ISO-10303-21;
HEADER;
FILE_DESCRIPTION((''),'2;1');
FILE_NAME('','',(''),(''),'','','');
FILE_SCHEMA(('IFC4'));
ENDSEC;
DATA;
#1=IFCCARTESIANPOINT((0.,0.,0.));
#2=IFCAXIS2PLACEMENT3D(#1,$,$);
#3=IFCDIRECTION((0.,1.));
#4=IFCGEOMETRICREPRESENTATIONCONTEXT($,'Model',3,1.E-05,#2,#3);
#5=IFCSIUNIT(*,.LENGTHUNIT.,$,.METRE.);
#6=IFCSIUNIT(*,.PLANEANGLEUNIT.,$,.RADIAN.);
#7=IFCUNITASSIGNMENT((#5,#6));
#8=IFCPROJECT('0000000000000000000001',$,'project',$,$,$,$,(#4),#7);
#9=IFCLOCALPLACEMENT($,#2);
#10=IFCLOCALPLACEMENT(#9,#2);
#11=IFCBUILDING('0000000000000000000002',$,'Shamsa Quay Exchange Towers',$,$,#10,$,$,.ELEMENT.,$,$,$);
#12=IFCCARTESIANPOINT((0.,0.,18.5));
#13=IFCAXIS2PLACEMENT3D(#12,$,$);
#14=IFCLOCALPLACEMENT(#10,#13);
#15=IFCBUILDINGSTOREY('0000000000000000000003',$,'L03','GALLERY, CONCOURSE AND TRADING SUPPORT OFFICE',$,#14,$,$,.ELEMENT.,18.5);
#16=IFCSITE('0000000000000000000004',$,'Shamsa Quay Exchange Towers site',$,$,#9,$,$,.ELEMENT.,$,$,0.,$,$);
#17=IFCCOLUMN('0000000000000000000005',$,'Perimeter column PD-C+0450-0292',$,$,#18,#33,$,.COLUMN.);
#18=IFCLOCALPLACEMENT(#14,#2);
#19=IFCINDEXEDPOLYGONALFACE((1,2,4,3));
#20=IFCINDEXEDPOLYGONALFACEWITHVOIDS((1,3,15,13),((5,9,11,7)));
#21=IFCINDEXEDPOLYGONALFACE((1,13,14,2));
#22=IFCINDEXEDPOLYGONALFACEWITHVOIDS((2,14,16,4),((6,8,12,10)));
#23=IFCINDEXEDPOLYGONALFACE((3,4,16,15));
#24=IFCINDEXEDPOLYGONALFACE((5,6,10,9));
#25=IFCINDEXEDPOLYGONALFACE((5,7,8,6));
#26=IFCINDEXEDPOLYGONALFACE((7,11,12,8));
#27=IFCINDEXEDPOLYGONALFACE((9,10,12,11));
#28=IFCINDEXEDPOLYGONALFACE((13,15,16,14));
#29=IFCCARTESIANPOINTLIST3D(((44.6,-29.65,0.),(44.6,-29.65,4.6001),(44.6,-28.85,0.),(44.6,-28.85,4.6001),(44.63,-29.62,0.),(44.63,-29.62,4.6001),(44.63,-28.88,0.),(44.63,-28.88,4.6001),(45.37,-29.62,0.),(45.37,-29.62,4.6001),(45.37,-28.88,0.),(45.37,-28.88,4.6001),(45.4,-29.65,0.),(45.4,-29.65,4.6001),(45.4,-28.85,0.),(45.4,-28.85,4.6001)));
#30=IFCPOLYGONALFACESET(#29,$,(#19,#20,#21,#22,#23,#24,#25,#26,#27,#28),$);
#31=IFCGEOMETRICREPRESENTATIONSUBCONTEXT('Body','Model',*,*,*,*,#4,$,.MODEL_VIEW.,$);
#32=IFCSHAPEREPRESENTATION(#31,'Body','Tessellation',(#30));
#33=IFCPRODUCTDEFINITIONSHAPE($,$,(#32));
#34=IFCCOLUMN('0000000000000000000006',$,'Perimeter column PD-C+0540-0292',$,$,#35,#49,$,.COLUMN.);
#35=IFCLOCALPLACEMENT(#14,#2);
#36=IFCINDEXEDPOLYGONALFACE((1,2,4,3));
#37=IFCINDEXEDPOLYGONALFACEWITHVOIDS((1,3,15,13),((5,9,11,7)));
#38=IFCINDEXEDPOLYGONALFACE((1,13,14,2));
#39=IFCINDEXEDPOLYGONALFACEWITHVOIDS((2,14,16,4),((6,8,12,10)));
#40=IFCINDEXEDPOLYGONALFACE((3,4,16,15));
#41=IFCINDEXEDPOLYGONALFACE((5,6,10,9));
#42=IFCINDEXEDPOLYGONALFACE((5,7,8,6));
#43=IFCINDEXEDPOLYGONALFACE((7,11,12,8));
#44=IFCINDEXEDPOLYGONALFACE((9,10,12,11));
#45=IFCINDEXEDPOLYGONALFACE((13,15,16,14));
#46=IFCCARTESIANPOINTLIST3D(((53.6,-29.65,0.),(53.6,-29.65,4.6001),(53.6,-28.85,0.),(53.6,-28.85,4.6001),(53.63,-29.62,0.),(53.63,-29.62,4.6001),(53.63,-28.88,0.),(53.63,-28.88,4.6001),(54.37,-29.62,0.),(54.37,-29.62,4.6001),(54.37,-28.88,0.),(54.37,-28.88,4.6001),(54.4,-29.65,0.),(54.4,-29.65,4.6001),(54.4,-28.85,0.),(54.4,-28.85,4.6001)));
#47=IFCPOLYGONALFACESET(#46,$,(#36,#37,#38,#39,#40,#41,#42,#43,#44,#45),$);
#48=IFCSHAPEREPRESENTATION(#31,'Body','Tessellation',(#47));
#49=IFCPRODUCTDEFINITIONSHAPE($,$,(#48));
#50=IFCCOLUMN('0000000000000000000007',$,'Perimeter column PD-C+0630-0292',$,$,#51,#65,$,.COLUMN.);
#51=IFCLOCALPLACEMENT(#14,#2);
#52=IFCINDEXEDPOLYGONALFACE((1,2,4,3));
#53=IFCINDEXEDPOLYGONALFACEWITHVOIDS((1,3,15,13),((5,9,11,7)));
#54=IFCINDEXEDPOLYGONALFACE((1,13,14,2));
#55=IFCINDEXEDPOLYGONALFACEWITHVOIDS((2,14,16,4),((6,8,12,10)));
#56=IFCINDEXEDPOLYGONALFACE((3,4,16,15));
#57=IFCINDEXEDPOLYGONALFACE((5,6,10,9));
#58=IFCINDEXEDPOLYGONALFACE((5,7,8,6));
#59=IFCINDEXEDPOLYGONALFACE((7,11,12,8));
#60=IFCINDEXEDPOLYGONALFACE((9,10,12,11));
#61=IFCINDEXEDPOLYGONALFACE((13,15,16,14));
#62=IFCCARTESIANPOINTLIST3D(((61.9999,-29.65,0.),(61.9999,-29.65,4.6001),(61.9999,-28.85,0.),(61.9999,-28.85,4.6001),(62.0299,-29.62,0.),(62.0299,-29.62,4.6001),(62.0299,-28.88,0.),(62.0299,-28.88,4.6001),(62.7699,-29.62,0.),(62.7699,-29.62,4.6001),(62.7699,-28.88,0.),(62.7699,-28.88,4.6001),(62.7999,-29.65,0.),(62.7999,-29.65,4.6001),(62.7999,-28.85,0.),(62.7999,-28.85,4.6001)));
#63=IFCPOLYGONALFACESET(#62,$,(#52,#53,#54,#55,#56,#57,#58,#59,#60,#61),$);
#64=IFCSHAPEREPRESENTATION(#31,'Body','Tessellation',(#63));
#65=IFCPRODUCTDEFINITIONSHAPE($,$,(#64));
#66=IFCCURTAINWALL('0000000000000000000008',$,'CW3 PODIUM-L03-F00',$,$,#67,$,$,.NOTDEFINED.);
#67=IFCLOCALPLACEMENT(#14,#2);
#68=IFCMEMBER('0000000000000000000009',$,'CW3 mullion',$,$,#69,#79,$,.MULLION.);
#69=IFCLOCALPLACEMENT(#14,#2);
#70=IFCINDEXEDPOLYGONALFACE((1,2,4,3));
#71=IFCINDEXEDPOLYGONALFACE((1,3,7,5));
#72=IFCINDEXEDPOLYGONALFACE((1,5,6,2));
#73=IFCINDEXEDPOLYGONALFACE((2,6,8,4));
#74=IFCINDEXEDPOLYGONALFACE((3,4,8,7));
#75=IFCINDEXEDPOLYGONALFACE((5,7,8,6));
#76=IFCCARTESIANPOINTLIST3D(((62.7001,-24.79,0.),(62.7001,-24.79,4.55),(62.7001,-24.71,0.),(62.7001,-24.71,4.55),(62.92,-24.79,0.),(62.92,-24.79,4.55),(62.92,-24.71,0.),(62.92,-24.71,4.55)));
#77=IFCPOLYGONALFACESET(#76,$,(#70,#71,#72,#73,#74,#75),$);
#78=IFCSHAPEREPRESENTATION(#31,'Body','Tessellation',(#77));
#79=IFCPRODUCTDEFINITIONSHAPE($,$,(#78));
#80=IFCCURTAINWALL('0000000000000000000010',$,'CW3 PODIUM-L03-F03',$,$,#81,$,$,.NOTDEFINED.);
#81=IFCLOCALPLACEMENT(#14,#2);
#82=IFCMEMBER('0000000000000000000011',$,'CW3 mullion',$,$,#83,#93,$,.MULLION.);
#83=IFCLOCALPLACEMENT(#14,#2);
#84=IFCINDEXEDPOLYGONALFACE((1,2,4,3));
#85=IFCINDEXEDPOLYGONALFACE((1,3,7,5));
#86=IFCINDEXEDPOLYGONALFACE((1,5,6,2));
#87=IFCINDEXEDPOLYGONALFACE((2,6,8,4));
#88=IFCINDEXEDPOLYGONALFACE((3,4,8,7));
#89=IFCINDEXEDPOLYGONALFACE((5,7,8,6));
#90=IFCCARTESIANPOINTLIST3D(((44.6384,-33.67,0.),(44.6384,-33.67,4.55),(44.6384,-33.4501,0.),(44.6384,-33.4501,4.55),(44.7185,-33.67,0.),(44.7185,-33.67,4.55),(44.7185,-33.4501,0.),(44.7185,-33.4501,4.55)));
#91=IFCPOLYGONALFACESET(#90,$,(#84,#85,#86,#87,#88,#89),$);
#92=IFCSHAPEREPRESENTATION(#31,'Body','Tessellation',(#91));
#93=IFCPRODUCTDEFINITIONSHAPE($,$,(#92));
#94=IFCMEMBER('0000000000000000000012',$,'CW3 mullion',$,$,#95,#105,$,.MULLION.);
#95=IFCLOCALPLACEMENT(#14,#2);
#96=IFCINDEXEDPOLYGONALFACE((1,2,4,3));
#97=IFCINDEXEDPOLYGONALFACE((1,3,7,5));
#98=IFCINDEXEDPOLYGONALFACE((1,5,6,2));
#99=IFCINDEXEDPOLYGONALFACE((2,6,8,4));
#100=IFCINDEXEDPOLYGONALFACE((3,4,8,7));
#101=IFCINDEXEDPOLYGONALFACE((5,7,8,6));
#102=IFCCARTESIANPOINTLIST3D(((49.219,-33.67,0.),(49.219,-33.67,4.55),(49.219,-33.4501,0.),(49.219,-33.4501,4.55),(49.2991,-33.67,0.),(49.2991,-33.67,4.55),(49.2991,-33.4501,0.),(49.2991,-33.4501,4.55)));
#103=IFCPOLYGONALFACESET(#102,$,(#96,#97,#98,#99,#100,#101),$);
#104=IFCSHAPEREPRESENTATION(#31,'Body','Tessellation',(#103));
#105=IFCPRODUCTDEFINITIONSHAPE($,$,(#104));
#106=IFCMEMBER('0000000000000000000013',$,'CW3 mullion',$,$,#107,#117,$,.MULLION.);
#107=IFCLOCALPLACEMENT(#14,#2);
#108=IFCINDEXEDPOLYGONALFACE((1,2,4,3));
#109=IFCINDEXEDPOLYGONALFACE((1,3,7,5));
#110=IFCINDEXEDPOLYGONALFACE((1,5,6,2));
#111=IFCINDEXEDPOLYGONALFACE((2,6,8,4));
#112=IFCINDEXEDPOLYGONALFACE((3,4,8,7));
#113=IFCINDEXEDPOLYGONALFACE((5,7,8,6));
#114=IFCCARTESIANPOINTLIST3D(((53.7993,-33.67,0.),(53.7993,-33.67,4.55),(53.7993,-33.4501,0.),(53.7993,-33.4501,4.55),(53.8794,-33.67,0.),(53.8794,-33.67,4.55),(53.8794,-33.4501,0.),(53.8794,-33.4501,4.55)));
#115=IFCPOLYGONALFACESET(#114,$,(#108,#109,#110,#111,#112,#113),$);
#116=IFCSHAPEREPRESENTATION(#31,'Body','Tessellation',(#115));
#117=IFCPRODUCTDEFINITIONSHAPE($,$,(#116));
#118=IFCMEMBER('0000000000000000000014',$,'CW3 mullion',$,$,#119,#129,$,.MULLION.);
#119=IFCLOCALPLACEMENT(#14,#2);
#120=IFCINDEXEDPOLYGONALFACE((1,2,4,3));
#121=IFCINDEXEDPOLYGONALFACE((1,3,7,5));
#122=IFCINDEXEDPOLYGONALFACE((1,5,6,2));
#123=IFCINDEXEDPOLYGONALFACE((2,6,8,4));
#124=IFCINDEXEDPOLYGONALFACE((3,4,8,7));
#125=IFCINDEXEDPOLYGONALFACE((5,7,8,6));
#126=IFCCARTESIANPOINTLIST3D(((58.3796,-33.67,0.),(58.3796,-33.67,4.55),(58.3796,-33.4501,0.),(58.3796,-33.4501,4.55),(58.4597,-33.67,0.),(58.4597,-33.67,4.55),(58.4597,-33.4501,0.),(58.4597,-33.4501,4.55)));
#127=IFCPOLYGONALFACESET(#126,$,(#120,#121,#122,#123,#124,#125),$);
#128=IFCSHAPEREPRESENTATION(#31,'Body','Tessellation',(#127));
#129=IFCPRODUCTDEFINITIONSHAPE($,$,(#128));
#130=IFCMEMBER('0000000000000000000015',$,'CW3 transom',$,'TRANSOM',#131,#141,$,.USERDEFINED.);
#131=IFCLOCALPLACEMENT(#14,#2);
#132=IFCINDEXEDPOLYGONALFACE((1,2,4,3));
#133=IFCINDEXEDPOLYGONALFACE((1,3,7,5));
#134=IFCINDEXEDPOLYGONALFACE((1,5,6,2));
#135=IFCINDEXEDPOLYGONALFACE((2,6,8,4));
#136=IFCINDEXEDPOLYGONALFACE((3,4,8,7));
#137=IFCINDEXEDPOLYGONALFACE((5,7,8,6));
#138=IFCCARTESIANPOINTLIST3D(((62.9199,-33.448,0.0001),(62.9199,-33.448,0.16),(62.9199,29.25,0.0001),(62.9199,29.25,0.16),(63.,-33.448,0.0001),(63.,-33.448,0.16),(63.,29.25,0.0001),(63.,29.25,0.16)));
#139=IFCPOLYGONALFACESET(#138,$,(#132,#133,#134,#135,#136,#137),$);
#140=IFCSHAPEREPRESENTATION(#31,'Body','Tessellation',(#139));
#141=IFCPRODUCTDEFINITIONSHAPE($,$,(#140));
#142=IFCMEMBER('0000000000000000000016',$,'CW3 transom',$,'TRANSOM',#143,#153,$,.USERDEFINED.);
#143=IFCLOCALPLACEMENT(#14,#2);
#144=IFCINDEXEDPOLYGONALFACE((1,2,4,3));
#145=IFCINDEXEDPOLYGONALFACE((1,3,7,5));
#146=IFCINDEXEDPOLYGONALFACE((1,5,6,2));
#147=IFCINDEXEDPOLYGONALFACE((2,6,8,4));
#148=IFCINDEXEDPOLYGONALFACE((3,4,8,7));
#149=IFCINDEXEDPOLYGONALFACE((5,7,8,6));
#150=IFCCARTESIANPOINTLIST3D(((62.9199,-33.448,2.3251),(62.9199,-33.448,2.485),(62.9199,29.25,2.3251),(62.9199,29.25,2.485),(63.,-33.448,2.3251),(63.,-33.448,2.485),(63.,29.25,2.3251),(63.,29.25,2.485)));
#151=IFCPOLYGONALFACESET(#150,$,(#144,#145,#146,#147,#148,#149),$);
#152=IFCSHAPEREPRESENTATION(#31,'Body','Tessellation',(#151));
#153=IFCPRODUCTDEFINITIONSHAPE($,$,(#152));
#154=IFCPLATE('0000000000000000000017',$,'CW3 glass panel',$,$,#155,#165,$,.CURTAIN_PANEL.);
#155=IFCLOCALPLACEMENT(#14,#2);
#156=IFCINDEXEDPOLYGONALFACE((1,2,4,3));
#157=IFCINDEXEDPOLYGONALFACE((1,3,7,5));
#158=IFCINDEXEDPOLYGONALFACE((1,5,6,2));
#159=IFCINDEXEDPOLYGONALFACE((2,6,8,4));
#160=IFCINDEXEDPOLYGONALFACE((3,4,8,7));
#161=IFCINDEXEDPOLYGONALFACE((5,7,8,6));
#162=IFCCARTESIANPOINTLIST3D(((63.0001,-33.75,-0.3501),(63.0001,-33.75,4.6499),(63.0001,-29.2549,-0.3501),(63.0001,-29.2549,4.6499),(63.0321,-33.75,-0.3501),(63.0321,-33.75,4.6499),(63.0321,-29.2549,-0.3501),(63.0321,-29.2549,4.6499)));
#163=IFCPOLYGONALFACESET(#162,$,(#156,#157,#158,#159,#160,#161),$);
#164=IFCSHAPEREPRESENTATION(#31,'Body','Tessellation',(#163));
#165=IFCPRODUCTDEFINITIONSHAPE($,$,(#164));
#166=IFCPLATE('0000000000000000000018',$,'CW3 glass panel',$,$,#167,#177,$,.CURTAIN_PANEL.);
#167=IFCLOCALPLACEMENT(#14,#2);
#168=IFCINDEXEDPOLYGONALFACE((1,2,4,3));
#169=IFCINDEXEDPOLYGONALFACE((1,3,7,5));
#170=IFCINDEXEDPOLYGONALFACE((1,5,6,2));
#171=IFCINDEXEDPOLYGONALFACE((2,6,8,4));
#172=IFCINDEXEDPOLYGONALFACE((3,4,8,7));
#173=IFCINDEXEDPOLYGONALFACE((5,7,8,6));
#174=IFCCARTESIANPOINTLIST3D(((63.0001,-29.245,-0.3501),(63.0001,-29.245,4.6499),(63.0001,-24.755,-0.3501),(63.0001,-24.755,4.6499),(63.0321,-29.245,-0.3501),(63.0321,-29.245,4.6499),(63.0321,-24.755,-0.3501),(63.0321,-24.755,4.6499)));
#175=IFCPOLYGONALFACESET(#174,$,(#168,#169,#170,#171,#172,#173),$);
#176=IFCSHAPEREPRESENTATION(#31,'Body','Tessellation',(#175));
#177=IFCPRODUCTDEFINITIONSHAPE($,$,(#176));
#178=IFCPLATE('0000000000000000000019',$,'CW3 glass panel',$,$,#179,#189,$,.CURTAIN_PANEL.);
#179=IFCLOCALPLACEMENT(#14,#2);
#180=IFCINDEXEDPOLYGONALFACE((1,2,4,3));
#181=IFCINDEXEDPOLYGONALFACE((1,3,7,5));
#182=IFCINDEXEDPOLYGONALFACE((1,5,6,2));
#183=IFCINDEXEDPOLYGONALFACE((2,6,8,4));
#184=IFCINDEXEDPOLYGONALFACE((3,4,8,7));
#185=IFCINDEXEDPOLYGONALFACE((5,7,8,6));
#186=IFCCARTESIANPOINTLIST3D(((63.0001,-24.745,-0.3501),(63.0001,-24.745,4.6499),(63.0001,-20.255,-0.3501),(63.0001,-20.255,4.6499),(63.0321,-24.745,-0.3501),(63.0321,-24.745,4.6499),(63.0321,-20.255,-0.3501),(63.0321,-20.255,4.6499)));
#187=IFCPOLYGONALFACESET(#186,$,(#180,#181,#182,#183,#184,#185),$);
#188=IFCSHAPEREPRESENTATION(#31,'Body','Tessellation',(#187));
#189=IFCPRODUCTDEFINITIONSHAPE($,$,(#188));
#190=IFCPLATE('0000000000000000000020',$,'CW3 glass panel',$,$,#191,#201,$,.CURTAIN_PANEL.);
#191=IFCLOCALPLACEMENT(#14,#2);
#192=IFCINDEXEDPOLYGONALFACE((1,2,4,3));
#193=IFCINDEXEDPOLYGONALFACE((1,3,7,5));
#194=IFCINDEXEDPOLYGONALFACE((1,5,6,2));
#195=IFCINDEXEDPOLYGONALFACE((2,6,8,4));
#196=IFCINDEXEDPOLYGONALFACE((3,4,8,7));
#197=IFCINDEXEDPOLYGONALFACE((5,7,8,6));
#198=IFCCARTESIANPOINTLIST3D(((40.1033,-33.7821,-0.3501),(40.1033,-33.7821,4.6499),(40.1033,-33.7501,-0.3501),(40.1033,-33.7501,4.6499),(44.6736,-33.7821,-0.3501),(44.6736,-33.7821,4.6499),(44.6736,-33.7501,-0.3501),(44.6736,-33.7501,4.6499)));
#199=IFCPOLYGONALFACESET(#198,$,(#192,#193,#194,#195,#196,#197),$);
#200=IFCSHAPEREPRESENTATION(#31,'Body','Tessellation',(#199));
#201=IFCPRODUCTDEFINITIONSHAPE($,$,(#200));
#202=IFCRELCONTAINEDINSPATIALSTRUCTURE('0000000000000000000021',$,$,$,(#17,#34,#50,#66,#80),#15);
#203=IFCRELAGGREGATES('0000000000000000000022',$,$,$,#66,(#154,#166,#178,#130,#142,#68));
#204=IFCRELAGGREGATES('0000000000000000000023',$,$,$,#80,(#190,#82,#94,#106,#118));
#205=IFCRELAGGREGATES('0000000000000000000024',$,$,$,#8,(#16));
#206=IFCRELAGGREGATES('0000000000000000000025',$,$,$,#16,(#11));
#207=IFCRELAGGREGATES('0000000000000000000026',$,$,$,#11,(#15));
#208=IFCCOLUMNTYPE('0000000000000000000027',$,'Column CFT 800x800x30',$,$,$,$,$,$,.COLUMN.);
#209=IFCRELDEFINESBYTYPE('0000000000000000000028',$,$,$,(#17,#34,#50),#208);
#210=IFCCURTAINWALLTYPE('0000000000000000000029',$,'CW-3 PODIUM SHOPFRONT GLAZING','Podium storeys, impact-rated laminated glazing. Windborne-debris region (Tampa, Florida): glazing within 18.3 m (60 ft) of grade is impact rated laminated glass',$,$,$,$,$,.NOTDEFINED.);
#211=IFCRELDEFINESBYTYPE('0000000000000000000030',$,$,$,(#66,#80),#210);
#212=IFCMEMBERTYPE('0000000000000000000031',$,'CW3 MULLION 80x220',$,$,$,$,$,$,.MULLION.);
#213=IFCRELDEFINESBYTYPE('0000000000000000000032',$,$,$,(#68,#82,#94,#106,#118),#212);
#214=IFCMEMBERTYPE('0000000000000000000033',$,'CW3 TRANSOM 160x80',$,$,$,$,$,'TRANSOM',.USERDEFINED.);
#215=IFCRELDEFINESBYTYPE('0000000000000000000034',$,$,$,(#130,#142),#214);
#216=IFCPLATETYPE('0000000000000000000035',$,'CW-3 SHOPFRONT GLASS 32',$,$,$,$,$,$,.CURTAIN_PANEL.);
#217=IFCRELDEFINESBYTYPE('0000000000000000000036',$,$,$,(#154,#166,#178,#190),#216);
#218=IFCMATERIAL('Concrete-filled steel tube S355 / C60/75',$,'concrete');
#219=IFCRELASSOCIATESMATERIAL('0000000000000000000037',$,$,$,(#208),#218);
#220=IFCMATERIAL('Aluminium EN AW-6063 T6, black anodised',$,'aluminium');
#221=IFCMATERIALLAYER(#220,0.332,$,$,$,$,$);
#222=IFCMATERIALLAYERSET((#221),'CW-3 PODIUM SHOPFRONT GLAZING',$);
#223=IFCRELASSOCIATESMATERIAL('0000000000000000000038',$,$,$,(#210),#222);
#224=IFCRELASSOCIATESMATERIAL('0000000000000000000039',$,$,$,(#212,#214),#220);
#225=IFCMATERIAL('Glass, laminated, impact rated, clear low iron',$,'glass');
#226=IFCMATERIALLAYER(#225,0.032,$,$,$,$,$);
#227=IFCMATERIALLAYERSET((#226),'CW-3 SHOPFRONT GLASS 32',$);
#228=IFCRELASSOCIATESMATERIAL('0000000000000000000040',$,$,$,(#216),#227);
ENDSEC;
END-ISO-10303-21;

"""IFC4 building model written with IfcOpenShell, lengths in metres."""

from ifc_helpers import new_model, si_unit, direction, frame, origin, origin_2d, place, context, subcontext, project, spatial, rectangle, hollow_rectangle, extrude, material, layer, layer_set, material_profile, profile_set, type_object, element, aggregate, save


model = new_model("IFC4")

# Units and contexts
model_context = context("Model", 3, precision=1e-05, world=origin(), true_north=direction((0.0, 1.0)))
body_context = subcontext(model_context, "Body", "Model", "MODEL_VIEW")
ifc_project = project(units=[si_unit("LENGTHUNIT", "METRE"), si_unit("PLANEANGLEUNIT", "RADIAN")], contexts=[model_context])

# Site, building, storey
site_placement = place(None, origin())
site = spatial("IfcSite", under=ifc_project, at=site_placement, Name="Shamsa Quay Exchange Towers site", CompositionType="ELEMENT", RefElevation=0.0)
building_placement = place(site_placement, origin())
building = spatial("IfcBuilding", under=site, at=building_placement, Name="Shamsa Quay Exchange Towers", CompositionType="ELEMENT")
storey_placement = place(building_placement, frame((0.0, 0.0, 18.5)))
storey = spatial("IfcBuildingStorey", under=building, at=storey_placement, Name="L03", Description="GALLERY, CONCOURSE AND TRADING SUPPORT OFFICE", CompositionType="ELEMENT", Elevation=18.5)

# Columns
ifc_material_1 = material(Name="Concrete-filled steel tube S355 / C60/75", Category="concrete")
ifc_material_profile_1 = material_profile(ifc_material_1, hollow_rectangle(XDim=0.8, YDim=0.8, WallThickness=0.03, at=origin_2d()), Name="CFT 800x800x30")
ifc_profile_set_1 = profile_set([ifc_material_profile_1], Name="Concrete-filled steel tube S355 / C60/75")
column_type = type_object("IfcColumnType", Name="Column CFT 800x800x30", PredefinedType="COLUMN", material=ifc_profile_set_1)
for number, where, name in (
    (1, (45.0, -29.25, 0.0), "Perimeter column PD-C+0450-0292"),
    (2, (54.0, -29.25, 0.0), "Perimeter column PD-C+0540-0292"),
    (3, (62.3999, -29.25, 0.0), "Perimeter column PD-C+0630-0292"),
):
    element("IfcColumn", number, at=place(storey_placement, frame(where)), inside=storey, type_object=column_type, Name=name, PredefinedType="COLUMN", context=body_context, shape_type="SweptSolid", body=[
        extrude(hollow_rectangle(XDim=0.8, YDim=0.8, WallThickness=0.03, at=origin_2d()), origin(), (0.0, 0.0, 1.0), 4.6001),
    ])

# Curtain wall, member
ifc_material_2 = material(Name="Aluminium EN AW-6063 T6, black anodised", Category="aluminium")
ifc_layer_1 = layer(ifc_material_2, 0.332)
ifc_layer_set_1 = layer_set([ifc_layer_1], Name="CW-3 PODIUM SHOPFRONT GLAZING")
curtain_wall_type = type_object("IfcCurtainWallType", Name="CW-3 PODIUM SHOPFRONT GLAZING", Description="Podium storeys, impact-rated laminated glazing. Windborne-debris region (Tampa, Florida): glazing within 18.3 m (60 ft) of grade is impact rated laminated glass", PredefinedType="NOTDEFINED", material=ifc_layer_set_1)
curtain_wall_1_placement = place(storey_placement, origin())
curtain_wall_1 = element("IfcCurtainWall", 4, at=curtain_wall_1_placement, inside=storey, type_object=curtain_wall_type, Name="CW3 PODIUM-L03-F00", PredefinedType="NOTDEFINED")
ifc_material_profile_2 = material_profile(ifc_material_2, rectangle(XDim=0.22, YDim=0.0801, at=origin_2d()), Name="MU80x220")
ifc_profile_set_2 = profile_set([ifc_material_profile_2], Name="Aluminium EN AW-6063 T6, black anodised")
member_type_1 = type_object("IfcMemberType", Name="CW3 MULLION 80x220", PredefinedType="MULLION", material=ifc_profile_set_2)
member_1_placement = place(storey_placement, frame((62.8101, -24.75, 0.0), z_axis=(0.0, 0.0, 1.0), x_axis=(-1.0, 0.0, 0.0)))
member_1 = element("IfcMember", 5, at=member_1_placement, type_object=member_type_1, Name="CW3 mullion", PredefinedType="MULLION", context=body_context, shape_type="SweptSolid", body=[
    extrude(rectangle(XDim=0.22, YDim=0.0801, at=origin_2d()), origin(), (0.0, 0.0, 1.0), 4.55),
])

# Curtain wall, members
curtain_wall_2_placement = place(storey_placement, origin())
curtain_wall_2 = element("IfcCurtainWall", 6, at=curtain_wall_2_placement, inside=storey, type_object=curtain_wall_type, Name="CW3 PODIUM-L03-F03", PredefinedType="NOTDEFINED")
member_2_placement = place(storey_placement, frame((44.6785, -33.5601, 0.0), z_axis=(0.0, 0.0, 1.0), x_axis=(0.0, 1.0, 0.0)))
member_2 = element("IfcMember", 7, at=member_2_placement, type_object=member_type_1, Name="CW3 mullion", PredefinedType="MULLION", context=body_context, shape_type="SweptSolid", body=[
    extrude(rectangle(XDim=0.22, YDim=0.0801, at=origin_2d()), origin(), (0.0, 0.0, 1.0), 4.55),
])
member_3_placement = place(storey_placement, frame((49.259, -33.5601, 0.0), z_axis=(0.0, 0.0, 1.0), x_axis=(0.0, 1.0, 0.0)))
member_3 = element("IfcMember", 8, at=member_3_placement, type_object=member_type_1, Name="CW3 mullion", PredefinedType="MULLION", context=body_context, shape_type="SweptSolid", body=[
    extrude(rectangle(XDim=0.22, YDim=0.0801, at=origin_2d()), origin(), (0.0, 0.0, 1.0), 4.55),
])
member_4_placement = place(storey_placement, frame((53.8394, -33.5601, 0.0), z_axis=(0.0, 0.0, 1.0), x_axis=(0.0, 1.0, 0.0)))
member_4 = element("IfcMember", 9, at=member_4_placement, type_object=member_type_1, Name="CW3 mullion", PredefinedType="MULLION", context=body_context, shape_type="SweptSolid", body=[
    extrude(rectangle(XDim=0.22, YDim=0.0801, at=origin_2d()), origin(), (0.0, 0.0, 1.0), 4.55),
])
member_5_placement = place(storey_placement, frame((58.4197, -33.5601, 0.0), z_axis=(0.0, 0.0, 1.0), x_axis=(0.0, 1.0, 0.0)))
member_5 = element("IfcMember", 10, at=member_5_placement, type_object=member_type_1, Name="CW3 mullion", PredefinedType="MULLION", context=body_context, shape_type="SweptSolid", body=[
    extrude(rectangle(XDim=0.22, YDim=0.0801, at=origin_2d()), origin(), (0.0, 0.0, 1.0), 4.55),
])

# Members
ifc_material_profile_3 = material_profile(ifc_material_2, rectangle(XDim=0.0801, YDim=0.1599, at=origin_2d()), Name="TR160x80")
ifc_profile_set_3 = profile_set([ifc_material_profile_3], Name="Aluminium EN AW-6063 T6, black anodised")
member_type_2 = type_object("IfcMemberType", Name="CW3 TRANSOM 160x80", ElementType="TRANSOM", PredefinedType="USERDEFINED", material=ifc_profile_set_3)
member_6_placement = place(storey_placement, frame((62.96, -33.448, 0.0801), z_axis=(0.0, 1.0, 0.0), x_axis=(-1.0, 0.0, 0.0)))
member_6 = element("IfcMember", 11, at=member_6_placement, type_object=member_type_2, Name="CW3 transom", ObjectType="TRANSOM", PredefinedType="USERDEFINED", context=body_context, shape_type="SweptSolid", body=[
    extrude(rectangle(XDim=0.0801, YDim=0.1599, at=origin_2d()), origin(), (0.0, 0.0, 1.0), 62.698),
])
member_7_placement = place(storey_placement, frame((62.96, -33.448, 2.405), z_axis=(0.0, 1.0, 0.0), x_axis=(-1.0, 0.0, 0.0)))
member_7 = element("IfcMember", 12, at=member_7_placement, type_object=member_type_2, Name="CW3 transom", ObjectType="TRANSOM", PredefinedType="USERDEFINED", context=body_context, shape_type="SweptSolid", body=[
    extrude(rectangle(XDim=0.0801, YDim=0.1599, at=origin_2d()), origin(), (0.0, 0.0, 1.0), 62.698),
])

# Plates
ifc_material_3 = material(Name="Glass, laminated, impact rated, clear low iron", Category="glass")
ifc_layer_2 = layer(ifc_material_3, 0.032)
ifc_layer_set_2 = layer_set([ifc_layer_2], Name="CW-3 SHOPFRONT GLASS 32")
plate_type = type_object("IfcPlateType", Name="CW-3 SHOPFRONT GLASS 32", PredefinedType="CURTAIN_PANEL", material=ifc_layer_set_2)
plate_1_placement = place(storey_placement, frame((63.0161, -31.5024, -0.3501), z_axis=(0.0, 0.0, 1.0), x_axis=(0.0, 1.0, 0.0)))
plate_1 = element("IfcPlate", 13, at=plate_1_placement, type_object=plate_type, Name="CW3 glass panel", PredefinedType="CURTAIN_PANEL", context=body_context, shape_type="SweptSolid", body=[
    extrude(rectangle(XDim=4.4951, YDim=0.032, at=origin_2d()), origin(), (0.0, 0.0, 1.0), 5.0),
])
plate_2_placement = place(storey_placement, frame((63.0161, -27.0, -0.3501), z_axis=(0.0, 0.0, 1.0), x_axis=(0.0, 1.0, 0.0)))
plate_2 = element("IfcPlate", 14, at=plate_2_placement, type_object=plate_type, Name="CW3 glass panel", PredefinedType="CURTAIN_PANEL", context=body_context, shape_type="SweptSolid", body=[
    extrude(rectangle(XDim=4.49, YDim=0.032, at=origin_2d()), origin(), (0.0, 0.0, 1.0), 5.0),
])
plate_3_placement = place(storey_placement, frame((63.0161, -22.5, -0.3501), z_axis=(0.0, 0.0, 1.0), x_axis=(0.0, 1.0, 0.0)))
plate_3 = element("IfcPlate", 15, at=plate_3_placement, type_object=plate_type, Name="CW3 glass panel", PredefinedType="CURTAIN_PANEL", context=body_context, shape_type="SweptSolid", body=[
    extrude(rectangle(XDim=4.49, YDim=0.032, at=origin_2d()), origin(), (0.0, 0.0, 1.0), 5.0),
])
aggregate(curtain_wall_1, [plate_1, plate_2, plate_3, member_6, member_7, member_1])
plate_4_placement = place(storey_placement, frame((42.3884, -33.7661, -0.3501)))
plate_4 = element("IfcPlate", 16, at=plate_4_placement, type_object=plate_type, Name="CW3 glass panel", PredefinedType="CURTAIN_PANEL", context=body_context, shape_type="SweptSolid", body=[
    extrude(rectangle(XDim=4.5703, YDim=0.032, at=origin_2d()), origin(), (0.0, 0.0, 1.0), 5.0),
])
aggregate(curtain_wall_2, [plate_4, member_2, member_3, member_4, member_5])

save(model, "model.ifc")
